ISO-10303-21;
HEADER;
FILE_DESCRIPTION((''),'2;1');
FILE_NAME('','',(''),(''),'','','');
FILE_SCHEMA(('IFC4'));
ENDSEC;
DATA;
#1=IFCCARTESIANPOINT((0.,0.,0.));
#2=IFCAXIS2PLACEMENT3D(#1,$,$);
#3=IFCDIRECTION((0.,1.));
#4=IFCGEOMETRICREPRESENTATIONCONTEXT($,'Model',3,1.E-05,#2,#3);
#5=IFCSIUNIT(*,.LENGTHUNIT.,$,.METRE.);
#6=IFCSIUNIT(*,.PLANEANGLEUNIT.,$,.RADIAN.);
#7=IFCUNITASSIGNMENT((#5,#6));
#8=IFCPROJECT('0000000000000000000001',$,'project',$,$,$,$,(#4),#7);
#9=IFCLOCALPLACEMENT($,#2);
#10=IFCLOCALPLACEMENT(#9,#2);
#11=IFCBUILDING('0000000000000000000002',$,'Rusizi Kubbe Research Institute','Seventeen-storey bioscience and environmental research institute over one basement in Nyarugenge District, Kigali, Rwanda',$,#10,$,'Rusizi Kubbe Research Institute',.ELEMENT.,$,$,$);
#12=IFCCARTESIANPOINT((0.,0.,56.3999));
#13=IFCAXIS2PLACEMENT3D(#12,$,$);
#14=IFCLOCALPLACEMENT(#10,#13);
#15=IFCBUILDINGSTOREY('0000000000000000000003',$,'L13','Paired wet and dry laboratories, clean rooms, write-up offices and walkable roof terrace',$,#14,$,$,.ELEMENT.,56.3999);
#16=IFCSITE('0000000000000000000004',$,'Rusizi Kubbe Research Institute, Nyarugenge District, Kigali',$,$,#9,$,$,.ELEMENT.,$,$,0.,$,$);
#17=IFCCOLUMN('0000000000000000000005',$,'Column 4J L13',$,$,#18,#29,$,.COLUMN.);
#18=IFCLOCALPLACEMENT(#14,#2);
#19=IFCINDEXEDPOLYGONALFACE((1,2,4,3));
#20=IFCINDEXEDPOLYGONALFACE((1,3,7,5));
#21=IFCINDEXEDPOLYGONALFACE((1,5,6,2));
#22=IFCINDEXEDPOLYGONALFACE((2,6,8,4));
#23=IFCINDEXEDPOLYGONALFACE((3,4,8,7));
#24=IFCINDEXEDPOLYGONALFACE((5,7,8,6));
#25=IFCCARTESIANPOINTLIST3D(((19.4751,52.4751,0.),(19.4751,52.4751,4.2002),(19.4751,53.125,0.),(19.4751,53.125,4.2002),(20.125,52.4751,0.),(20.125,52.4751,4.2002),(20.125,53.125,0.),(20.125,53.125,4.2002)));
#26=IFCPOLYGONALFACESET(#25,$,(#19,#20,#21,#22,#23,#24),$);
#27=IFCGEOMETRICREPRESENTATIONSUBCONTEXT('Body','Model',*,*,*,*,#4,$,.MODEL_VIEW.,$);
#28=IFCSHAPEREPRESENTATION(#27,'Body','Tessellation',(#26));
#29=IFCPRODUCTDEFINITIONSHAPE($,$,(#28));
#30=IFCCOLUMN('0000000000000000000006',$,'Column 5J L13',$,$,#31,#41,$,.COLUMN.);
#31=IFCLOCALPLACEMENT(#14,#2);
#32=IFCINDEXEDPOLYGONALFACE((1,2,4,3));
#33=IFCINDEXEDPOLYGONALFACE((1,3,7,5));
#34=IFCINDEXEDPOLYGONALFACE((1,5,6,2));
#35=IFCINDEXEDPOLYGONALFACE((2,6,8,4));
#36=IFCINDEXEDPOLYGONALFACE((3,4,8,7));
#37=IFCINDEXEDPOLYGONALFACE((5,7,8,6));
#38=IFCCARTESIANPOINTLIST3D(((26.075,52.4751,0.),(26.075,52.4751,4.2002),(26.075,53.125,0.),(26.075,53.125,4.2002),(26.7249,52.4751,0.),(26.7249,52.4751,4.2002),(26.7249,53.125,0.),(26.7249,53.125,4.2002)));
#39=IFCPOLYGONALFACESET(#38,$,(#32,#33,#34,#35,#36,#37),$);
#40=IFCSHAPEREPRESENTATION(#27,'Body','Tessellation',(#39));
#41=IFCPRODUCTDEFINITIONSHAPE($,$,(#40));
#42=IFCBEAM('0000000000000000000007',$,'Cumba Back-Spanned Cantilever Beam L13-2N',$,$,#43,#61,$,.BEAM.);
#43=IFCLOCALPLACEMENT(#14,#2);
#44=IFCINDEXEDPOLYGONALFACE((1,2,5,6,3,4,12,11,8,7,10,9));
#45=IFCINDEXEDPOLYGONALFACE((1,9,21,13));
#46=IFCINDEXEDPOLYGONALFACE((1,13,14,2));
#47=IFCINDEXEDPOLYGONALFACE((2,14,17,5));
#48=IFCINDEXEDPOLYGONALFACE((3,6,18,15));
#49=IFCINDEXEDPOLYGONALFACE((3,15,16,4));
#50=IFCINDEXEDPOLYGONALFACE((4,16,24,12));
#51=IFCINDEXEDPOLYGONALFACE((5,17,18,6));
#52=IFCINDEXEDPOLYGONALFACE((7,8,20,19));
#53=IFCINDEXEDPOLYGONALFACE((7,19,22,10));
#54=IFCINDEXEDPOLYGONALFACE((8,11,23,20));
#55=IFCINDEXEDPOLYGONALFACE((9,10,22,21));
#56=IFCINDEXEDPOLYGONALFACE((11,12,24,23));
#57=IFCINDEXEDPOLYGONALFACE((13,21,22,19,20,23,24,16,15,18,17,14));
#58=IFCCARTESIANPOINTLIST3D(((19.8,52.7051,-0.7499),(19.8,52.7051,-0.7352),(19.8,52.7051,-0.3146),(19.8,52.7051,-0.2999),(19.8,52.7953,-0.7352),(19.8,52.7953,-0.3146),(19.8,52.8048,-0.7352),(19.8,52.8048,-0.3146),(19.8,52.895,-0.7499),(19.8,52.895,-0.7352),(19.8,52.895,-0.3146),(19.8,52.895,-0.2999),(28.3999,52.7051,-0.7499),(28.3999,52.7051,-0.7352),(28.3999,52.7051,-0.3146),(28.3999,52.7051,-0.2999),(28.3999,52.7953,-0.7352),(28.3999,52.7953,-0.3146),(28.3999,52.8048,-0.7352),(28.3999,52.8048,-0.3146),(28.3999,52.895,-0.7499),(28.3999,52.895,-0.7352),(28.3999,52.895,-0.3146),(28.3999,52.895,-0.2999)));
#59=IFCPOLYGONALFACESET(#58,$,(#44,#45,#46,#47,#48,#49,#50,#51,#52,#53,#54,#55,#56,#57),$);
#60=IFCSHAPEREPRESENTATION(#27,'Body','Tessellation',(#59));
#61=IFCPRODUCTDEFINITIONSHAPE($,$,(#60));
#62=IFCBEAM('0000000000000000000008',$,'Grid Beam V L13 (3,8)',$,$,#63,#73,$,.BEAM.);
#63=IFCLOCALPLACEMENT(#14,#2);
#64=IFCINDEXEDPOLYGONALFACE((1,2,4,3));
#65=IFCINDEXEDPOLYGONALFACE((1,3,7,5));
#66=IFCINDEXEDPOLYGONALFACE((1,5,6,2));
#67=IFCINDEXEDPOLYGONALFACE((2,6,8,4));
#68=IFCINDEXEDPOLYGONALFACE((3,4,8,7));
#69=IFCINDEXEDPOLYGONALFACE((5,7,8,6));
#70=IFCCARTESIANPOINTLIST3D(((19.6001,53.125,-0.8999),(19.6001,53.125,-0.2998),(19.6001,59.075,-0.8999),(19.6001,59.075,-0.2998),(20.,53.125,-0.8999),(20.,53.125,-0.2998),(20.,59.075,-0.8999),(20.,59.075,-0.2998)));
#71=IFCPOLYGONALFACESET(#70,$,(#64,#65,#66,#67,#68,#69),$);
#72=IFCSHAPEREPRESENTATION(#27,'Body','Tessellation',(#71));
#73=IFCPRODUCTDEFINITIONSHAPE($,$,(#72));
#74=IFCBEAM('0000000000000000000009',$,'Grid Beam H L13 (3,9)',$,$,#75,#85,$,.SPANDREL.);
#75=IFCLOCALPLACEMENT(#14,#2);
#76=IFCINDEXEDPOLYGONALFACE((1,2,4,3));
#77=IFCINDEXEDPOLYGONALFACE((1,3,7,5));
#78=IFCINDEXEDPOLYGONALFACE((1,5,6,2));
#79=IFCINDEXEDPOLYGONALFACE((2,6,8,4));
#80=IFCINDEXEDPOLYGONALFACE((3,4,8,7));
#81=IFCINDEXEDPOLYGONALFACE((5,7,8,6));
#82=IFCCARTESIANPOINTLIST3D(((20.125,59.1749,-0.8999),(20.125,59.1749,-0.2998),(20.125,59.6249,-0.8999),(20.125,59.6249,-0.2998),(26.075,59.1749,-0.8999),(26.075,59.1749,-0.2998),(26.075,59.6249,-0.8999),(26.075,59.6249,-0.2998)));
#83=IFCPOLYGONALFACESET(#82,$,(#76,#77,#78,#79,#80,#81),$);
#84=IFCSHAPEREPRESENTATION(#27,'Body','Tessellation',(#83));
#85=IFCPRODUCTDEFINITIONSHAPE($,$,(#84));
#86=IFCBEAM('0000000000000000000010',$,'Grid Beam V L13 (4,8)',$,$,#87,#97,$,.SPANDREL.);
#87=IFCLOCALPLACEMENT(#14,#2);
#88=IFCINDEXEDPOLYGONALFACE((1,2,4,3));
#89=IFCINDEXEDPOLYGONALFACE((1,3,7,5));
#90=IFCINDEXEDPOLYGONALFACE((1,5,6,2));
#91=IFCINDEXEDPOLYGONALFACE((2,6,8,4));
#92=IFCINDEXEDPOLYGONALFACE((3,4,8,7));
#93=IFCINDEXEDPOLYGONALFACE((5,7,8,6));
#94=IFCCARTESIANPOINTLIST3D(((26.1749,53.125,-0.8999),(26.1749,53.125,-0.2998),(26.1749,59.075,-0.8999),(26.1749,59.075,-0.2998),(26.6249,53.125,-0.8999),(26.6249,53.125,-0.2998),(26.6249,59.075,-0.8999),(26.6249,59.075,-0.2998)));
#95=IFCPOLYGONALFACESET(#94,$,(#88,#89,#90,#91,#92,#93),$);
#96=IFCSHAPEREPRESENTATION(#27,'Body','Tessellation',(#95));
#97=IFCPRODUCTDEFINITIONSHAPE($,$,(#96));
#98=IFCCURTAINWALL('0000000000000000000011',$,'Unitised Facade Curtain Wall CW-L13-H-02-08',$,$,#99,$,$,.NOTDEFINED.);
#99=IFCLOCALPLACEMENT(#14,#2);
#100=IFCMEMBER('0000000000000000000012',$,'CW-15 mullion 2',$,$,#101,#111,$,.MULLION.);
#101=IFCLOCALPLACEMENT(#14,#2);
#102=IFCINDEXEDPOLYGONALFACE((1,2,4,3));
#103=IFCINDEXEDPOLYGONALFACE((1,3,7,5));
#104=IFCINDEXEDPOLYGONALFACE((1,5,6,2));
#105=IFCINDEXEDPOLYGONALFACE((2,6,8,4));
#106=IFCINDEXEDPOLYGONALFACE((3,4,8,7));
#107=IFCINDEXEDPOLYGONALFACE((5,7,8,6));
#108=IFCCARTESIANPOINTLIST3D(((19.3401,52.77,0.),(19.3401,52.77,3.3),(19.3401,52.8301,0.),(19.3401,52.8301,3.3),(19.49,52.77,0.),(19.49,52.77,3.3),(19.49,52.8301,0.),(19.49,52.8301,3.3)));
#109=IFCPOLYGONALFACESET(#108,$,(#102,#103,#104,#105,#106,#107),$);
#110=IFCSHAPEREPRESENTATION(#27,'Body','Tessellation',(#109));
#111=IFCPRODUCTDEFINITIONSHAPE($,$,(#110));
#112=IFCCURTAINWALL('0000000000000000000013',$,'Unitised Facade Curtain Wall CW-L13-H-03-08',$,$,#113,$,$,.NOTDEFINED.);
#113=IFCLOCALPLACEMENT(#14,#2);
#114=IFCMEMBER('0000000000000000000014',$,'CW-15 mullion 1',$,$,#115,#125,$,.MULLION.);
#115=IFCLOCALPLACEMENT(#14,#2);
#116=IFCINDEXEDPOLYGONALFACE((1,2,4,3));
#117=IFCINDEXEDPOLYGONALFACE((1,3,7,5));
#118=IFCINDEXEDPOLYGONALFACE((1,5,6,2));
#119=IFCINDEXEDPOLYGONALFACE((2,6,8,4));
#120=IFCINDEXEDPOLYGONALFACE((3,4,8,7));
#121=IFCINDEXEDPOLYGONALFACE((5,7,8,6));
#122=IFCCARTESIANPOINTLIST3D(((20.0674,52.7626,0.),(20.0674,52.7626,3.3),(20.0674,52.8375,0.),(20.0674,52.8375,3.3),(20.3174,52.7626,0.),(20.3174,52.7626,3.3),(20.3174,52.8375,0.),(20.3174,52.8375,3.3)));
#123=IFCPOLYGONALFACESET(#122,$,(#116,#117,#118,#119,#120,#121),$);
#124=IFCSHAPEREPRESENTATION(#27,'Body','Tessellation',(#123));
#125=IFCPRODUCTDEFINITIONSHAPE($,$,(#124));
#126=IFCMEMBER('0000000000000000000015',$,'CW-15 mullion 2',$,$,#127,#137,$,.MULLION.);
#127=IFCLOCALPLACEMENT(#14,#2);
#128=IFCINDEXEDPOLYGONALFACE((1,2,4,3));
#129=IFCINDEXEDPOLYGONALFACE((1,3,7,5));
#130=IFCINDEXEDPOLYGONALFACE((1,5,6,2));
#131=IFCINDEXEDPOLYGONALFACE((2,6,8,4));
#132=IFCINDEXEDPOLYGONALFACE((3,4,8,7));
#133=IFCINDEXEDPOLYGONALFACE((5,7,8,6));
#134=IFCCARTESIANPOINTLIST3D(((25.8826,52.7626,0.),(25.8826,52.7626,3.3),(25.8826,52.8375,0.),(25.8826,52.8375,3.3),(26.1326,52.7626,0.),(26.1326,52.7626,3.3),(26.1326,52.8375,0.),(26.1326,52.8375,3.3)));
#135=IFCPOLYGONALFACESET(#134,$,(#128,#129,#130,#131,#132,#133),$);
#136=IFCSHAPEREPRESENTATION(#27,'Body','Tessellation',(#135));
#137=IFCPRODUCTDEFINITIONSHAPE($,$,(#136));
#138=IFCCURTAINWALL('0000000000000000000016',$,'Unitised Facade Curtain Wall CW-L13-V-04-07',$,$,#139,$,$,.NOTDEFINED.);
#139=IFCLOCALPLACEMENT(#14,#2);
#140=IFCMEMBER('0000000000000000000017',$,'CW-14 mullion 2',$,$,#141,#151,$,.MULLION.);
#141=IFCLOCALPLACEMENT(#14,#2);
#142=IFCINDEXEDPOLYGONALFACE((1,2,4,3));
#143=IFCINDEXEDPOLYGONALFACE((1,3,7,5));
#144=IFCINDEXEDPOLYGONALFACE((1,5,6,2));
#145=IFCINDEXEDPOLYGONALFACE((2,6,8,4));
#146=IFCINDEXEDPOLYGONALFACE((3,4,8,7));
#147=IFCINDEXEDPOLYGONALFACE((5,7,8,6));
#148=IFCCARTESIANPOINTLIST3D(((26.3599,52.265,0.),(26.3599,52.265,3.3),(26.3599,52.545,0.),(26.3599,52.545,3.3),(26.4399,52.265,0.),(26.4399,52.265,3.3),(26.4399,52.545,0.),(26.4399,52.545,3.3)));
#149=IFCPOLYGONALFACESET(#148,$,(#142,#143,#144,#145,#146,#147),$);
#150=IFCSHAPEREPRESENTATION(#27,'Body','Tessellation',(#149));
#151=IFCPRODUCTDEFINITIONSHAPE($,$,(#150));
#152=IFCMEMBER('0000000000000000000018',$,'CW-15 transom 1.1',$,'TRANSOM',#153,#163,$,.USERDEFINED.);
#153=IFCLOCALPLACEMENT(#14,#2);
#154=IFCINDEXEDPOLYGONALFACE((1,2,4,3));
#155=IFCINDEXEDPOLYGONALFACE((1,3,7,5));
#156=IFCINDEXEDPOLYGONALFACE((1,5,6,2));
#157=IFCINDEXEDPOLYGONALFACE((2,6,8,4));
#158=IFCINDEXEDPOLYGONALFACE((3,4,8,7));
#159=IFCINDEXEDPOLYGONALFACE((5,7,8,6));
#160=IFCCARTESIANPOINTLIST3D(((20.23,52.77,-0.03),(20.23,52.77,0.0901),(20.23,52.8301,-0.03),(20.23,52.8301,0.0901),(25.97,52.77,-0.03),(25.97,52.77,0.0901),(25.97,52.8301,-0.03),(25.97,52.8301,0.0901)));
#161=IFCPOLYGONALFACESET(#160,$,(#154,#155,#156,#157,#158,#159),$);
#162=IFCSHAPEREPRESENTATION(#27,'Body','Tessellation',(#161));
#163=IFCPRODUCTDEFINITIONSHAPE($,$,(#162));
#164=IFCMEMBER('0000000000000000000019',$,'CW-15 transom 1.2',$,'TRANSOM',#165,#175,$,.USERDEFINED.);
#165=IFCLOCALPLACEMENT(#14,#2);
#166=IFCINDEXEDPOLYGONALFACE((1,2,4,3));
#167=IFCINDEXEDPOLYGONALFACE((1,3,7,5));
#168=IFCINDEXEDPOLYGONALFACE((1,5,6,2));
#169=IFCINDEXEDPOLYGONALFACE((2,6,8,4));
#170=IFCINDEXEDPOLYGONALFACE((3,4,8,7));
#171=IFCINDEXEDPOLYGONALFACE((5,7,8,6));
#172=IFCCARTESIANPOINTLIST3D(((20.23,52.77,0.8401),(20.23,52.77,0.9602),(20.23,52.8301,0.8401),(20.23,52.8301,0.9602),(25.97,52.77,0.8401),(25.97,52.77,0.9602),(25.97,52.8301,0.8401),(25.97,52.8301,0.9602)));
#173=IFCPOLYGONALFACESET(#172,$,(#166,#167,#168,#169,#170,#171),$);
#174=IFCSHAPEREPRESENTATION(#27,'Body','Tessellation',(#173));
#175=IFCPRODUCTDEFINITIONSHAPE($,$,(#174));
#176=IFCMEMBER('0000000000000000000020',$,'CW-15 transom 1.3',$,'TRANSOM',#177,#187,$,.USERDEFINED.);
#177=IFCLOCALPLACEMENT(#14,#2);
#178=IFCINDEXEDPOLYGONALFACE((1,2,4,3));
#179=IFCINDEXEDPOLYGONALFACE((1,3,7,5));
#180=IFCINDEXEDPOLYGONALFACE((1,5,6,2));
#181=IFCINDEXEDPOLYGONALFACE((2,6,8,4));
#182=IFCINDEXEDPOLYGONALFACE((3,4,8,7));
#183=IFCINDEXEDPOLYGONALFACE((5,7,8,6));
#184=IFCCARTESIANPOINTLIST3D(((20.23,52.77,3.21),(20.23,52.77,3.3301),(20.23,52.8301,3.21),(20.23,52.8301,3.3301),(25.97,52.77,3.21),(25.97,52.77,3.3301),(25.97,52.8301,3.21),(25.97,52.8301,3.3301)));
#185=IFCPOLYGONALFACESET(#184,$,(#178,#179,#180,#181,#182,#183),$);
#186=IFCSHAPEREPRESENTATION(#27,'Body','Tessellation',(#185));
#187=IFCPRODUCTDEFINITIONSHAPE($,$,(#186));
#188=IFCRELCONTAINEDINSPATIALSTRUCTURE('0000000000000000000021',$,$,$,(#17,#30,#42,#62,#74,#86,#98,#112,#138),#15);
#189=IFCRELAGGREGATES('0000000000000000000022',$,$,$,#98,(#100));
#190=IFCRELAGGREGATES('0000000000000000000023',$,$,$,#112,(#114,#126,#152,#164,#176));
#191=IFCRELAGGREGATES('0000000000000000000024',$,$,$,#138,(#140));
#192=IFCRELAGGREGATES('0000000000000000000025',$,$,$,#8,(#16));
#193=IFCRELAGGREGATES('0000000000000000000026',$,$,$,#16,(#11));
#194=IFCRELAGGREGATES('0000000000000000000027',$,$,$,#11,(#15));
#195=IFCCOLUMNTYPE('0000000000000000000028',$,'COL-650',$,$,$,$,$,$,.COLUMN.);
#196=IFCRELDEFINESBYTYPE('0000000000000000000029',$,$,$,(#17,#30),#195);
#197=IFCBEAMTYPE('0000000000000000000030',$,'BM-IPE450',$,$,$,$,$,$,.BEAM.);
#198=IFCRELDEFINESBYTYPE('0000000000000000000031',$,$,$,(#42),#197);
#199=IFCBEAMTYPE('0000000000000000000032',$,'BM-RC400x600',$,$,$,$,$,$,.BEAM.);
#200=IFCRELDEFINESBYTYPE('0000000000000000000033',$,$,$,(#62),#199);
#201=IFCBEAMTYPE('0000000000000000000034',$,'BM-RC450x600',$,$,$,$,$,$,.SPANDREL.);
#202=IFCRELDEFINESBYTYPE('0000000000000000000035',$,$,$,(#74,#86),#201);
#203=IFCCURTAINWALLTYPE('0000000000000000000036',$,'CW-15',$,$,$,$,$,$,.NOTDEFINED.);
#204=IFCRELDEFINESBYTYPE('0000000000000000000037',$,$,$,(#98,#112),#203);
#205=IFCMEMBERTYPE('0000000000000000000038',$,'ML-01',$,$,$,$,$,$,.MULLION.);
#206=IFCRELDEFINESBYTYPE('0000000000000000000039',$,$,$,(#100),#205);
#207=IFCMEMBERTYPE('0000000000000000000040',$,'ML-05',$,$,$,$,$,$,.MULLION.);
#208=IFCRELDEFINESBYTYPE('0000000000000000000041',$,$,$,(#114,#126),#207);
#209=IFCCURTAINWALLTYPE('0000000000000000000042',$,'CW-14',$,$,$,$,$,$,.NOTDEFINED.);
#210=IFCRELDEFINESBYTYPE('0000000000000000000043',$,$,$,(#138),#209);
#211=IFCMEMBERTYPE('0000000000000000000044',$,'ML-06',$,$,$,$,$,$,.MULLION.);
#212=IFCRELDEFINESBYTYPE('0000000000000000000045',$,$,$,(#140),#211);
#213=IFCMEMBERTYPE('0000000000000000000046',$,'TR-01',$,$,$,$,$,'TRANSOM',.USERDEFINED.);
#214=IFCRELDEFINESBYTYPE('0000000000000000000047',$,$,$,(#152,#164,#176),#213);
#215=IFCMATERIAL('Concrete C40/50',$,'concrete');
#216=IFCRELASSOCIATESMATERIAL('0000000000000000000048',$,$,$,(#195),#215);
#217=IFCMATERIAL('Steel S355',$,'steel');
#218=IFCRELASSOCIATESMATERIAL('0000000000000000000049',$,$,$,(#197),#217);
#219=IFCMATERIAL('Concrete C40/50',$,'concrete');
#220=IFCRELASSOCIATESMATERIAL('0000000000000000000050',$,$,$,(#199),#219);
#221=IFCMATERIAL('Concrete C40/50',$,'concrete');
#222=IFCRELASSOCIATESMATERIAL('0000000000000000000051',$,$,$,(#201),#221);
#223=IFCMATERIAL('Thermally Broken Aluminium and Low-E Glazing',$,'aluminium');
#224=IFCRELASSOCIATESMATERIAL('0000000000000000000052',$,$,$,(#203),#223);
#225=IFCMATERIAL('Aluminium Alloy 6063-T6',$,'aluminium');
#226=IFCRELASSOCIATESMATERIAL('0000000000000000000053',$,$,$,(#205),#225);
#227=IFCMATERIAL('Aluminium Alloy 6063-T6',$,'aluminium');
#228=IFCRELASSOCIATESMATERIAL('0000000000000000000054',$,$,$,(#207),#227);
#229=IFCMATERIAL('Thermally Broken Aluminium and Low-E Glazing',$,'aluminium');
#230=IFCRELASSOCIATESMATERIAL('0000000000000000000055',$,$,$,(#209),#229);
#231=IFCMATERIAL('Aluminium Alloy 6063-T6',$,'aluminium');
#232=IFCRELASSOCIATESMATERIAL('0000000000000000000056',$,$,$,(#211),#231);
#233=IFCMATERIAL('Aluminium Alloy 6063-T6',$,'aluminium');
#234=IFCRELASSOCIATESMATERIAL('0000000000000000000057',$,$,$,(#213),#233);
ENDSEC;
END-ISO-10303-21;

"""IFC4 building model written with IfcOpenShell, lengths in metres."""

from ifc_helpers import new_model, si_unit, direction, frame, origin, origin_2d, place, context, subcontext, project, spatial, rectangle, i_section, extrude, material, material_profile, profile_set, type_object, element, aggregate, save


model = new_model("IFC4")

# Units and contexts
model_context = context("Model", 3, precision=1e-05, world=origin(), true_north=direction((0.0, 1.0)))
body_context = subcontext(model_context, "Body", "Model", "MODEL_VIEW")
ifc_project = project(units=[si_unit("LENGTHUNIT", "METRE"), si_unit("PLANEANGLEUNIT", "RADIAN")], contexts=[model_context])

# Site, building, storey
site_placement = place(None, origin())
site = spatial("IfcSite", under=ifc_project, at=site_placement, Name="Rusizi Kubbe Research Institute, Nyarugenge District, Kigali", CompositionType="ELEMENT", RefElevation=0.0)
building_placement = place(site_placement, origin())
building = spatial("IfcBuilding", under=site, at=building_placement, Name="Rusizi Kubbe Research Institute", Description="Seventeen-storey bioscience and environmental research institute over one basement in Nyarugenge District, Kigali, Rwanda", LongName="Rusizi Kubbe Research Institute", CompositionType="ELEMENT")
storey_placement = place(building_placement, frame((0.0, 0.0, 56.3999)))
storey = spatial("IfcBuildingStorey", under=building, at=storey_placement, Name="L13", Description="Paired wet and dry laboratories, clean rooms, write-up offices and walkable roof terrace", CompositionType="ELEMENT", Elevation=56.3999)

# Columns
ifc_material_1 = material(Name="Concrete C40/50", Category="concrete")
ifc_material_profile_1 = material_profile(ifc_material_1, rectangle(XDim=0.6499, YDim=0.6499, at=origin_2d()), Name="RC650x650")
ifc_profile_set_1 = profile_set([ifc_material_profile_1], Name="Concrete C40/50")
column_type = type_object("IfcColumnType", Name="COL-650", PredefinedType="COLUMN", material=ifc_profile_set_1)
for number, where, z_axis, x_axis, name in (
    (1, (19.8, 52.8, 0.0), (0.0, 0.0, 1.0), (1.0, 0.0, 0.0), "Column 4J L13"),
    (2, (26.3999, 52.8, 0.0), (0.0, 0.0, 1.0), (1.0, 0.0, 0.0), "Column 5J L13"),
):
    element("IfcColumn", number, at=place(storey_placement, frame(where, z_axis=z_axis, x_axis=x_axis)), inside=storey, type_object=column_type, Name=name, PredefinedType="COLUMN", context=body_context, shape_type="SweptSolid", body=[
        extrude(rectangle(XDim=0.6499, YDim=0.6499, at=origin_2d()), origin(), (0.0, 0.0, 1.0), 4.2002),
    ])

# Beams
ifc_material_2 = material(Name="Steel S355", Category="steel")
ifc_material_profile_2 = material_profile(ifc_material_2, i_section(OverallWidth=0.1899, OverallDepth=0.45, WebThickness=0.0095, FlangeThickness=0.0146, at=origin_2d()), Name="IPE 450")
ifc_profile_set_2 = profile_set([ifc_material_profile_2], Name="Steel S355")
beam_type_1 = type_object("IfcBeamType", Name="BM-IPE450", PredefinedType="BEAM", material=ifc_profile_set_2)
beam_1_placement = place(storey_placement, frame((19.8, 52.8, -0.5249), z_axis=(1.0, 0.0, 0.0), x_axis=(0.0, 1.0, 0.0)))
element("IfcBeam", 3, at=beam_1_placement, inside=storey, type_object=beam_type_1, Name="Cumba Back-Spanned Cantilever Beam L13-2N", PredefinedType="BEAM", context=body_context, shape_type="SweptSolid", body=[
    extrude(i_section(OverallWidth=0.1899, OverallDepth=0.45, WebThickness=0.0095, FlangeThickness=0.0146, at=origin_2d()), origin(), (0.0, 0.0, 1.0), 8.5999),
])
ifc_material_3 = material(Name="Concrete C40/50", Category="concrete")
ifc_material_profile_3 = material_profile(ifc_material_3, rectangle(XDim=0.3999, YDim=0.6001, at=origin_2d()), Name="RC400x600")
ifc_profile_set_3 = profile_set([ifc_material_profile_3], Name="Concrete C40/50")
beam_type_2 = type_object("IfcBeamType", Name="BM-RC400x600", PredefinedType="BEAM", material=ifc_profile_set_3)
beam_2_placement = place(storey_placement, frame((19.8, 53.125, -0.5999), z_axis=(0.0, 1.0, 0.0), x_axis=(-1.0, 0.0, 0.0)))
element("IfcBeam", 4, at=beam_2_placement, inside=storey, type_object=beam_type_2, Name="Grid Beam V L13 (3,8)", PredefinedType="BEAM", context=body_context, shape_type="SweptSolid", body=[
    extrude(rectangle(XDim=0.3999, YDim=0.6001, at=origin_2d()), origin(), (0.0, 0.0, 1.0), 5.95),
])
ifc_material_4 = material(Name="Concrete C40/50", Category="concrete")
ifc_material_profile_4 = material_profile(ifc_material_4, rectangle(XDim=0.45, YDim=0.6001, at=origin_2d()), Name="RC450x600")
ifc_profile_set_4 = profile_set([ifc_material_profile_4], Name="Concrete C40/50")
beam_type_3 = type_object("IfcBeamType", Name="BM-RC450x600", PredefinedType="SPANDREL", material=ifc_profile_set_4)
for number, where, z_axis, x_axis, name in (
    (5, (20.125, 59.3999, -0.5999), (1.0, 0.0, 0.0), (0.0, 1.0, 0.0), "Grid Beam H L13 (3,9)"),
    (6, (26.3999, 53.125, -0.5999), (0.0, 1.0, 0.0), (-1.0, 0.0, 0.0), "Grid Beam V L13 (4,8)"),
):
    element("IfcBeam", number, at=place(storey_placement, frame(where, z_axis=z_axis, x_axis=x_axis)), inside=storey, type_object=beam_type_3, Name=name, PredefinedType="SPANDREL", context=body_context, shape_type="SweptSolid", body=[
        extrude(rectangle(XDim=0.45, YDim=0.6001, at=origin_2d()), origin(), (0.0, 0.0, 1.0), 5.95),
    ])

# Curtain wall, member
ifc_material_5 = material(Name="Thermally Broken Aluminium and Low-E Glazing", Category="aluminium")
curtain_wall_type_1 = type_object("IfcCurtainWallType", Name="CW-15", PredefinedType="NOTDEFINED", material=ifc_material_5)
curtain_wall_1_placement = place(storey_placement, origin())
curtain_wall_1 = element("IfcCurtainWall", 7, at=curtain_wall_1_placement, inside=storey, type_object=curtain_wall_type_1, Name="Unitised Facade Curtain Wall CW-L13-H-02-08", PredefinedType="NOTDEFINED")
ifc_material_6 = material(Name="Aluminium Alloy 6063-T6", Category="aluminium")
ifc_material_profile_5 = material_profile(ifc_material_6, rectangle(XDim=0.0601, YDim=0.1499, at=origin_2d()), Name="ALU-M 60x150")
ifc_profile_set_5 = profile_set([ifc_material_profile_5], Name="Aluminium Alloy 6063-T6")
member_type_1 = type_object("IfcMemberType", Name="ML-01", PredefinedType="MULLION", material=ifc_profile_set_5)
member_1_placement = place(storey_placement, frame((19.415, 52.8, 0.0), z_axis=(0.0, 0.0, 1.0), x_axis=(0.0, 1.0, 0.0)))
member_1 = element("IfcMember", 8, at=member_1_placement, type_object=member_type_1, Name="CW-15 mullion 2", PredefinedType="MULLION", context=body_context, shape_type="SweptSolid", body=[
    extrude(rectangle(XDim=0.0601, YDim=0.1499, at=origin_2d()), origin(), (0.0, 0.0, 1.0), 3.3),
])

# Curtain wall, members
curtain_wall_2_placement = place(storey_placement, origin())
curtain_wall_2 = element("IfcCurtainWall", 9, at=curtain_wall_2_placement, inside=storey, type_object=curtain_wall_type_1, Name="Unitised Facade Curtain Wall CW-L13-H-03-08", PredefinedType="NOTDEFINED")
ifc_material_7 = material(Name="Aluminium Alloy 6063-T6", Category="aluminium")
ifc_material_profile_6 = material_profile(ifc_material_7, rectangle(XDim=0.075, YDim=0.25, at=origin_2d()), Name="ALU-M 75x250")
ifc_profile_set_6 = profile_set([ifc_material_profile_6], Name="Aluminium Alloy 6063-T6")
member_type_2 = type_object("IfcMemberType", Name="ML-05", PredefinedType="MULLION", material=ifc_profile_set_6)
member_2_placement = place(storey_placement, frame((20.1924, 52.8, 0.0), z_axis=(0.0, 0.0, 1.0), x_axis=(0.0, 1.0, 0.0)))
member_2 = element("IfcMember", 10, at=member_2_placement, type_object=member_type_2, Name="CW-15 mullion 1", PredefinedType="MULLION", context=body_context, shape_type="SweptSolid", body=[
    extrude(rectangle(XDim=0.075, YDim=0.25, at=origin_2d()), origin(), (0.0, 0.0, 1.0), 3.3),
])
member_3_placement = place(storey_placement, frame((26.0076, 52.8, 0.0), z_axis=(0.0, 0.0, 1.0), x_axis=(0.0, 1.0, 0.0)))
member_3 = element("IfcMember", 11, at=member_3_placement, type_object=member_type_2, Name="CW-15 mullion 2", PredefinedType="MULLION", context=body_context, shape_type="SweptSolid", body=[
    extrude(rectangle(XDim=0.075, YDim=0.25, at=origin_2d()), origin(), (0.0, 0.0, 1.0), 3.3),
])

# Curtain wall, member
ifc_material_8 = material(Name="Thermally Broken Aluminium and Low-E Glazing", Category="aluminium")
curtain_wall_type_2 = type_object("IfcCurtainWallType", Name="CW-14", PredefinedType="NOTDEFINED", material=ifc_material_8)
curtain_wall_3_placement = place(storey_placement, origin())
curtain_wall_3 = element("IfcCurtainWall", 12, at=curtain_wall_3_placement, inside=storey, type_object=curtain_wall_type_2, Name="Unitised Facade Curtain Wall CW-L13-V-04-07", PredefinedType="NOTDEFINED")
ifc_material_9 = material(Name="Aluminium Alloy 6063-T6", Category="aluminium")
ifc_material_profile_7 = material_profile(ifc_material_9, rectangle(XDim=0.0801, YDim=0.28, at=origin_2d()), Name="ALU-M 80x280")
ifc_profile_set_7 = profile_set([ifc_material_profile_7], Name="Aluminium Alloy 6063-T6")
member_type_3 = type_object("IfcMemberType", Name="ML-06", PredefinedType="MULLION", material=ifc_profile_set_7)
member_4_placement = place(storey_placement, frame((26.3999, 52.405, 0.0), z_axis=(0.0, 0.0, 1.0), x_axis=(-1.0, 0.0, 0.0)))
member_4 = element("IfcMember", 13, at=member_4_placement, type_object=member_type_3, Name="CW-14 mullion 2", PredefinedType="MULLION", context=body_context, shape_type="SweptSolid", body=[
    extrude(rectangle(XDim=0.0801, YDim=0.28, at=origin_2d()), origin(), (0.0, 0.0, 1.0), 3.3),
])

# Members
ifc_material_10 = material(Name="Aluminium Alloy 6063-T6", Category="aluminium")
ifc_material_profile_8 = material_profile(ifc_material_10, rectangle(XDim=0.0601, YDim=0.1201, at=origin_2d()), Name="ALU-T 60x120")
ifc_profile_set_8 = profile_set([ifc_material_profile_8], Name="Aluminium Alloy 6063-T6")
member_type_4 = type_object("IfcMemberType", Name="TR-01", ElementType="TRANSOM", PredefinedType="USERDEFINED", material=ifc_profile_set_8)
member_5_placement = place(storey_placement, frame((20.23, 52.8, 0.03), z_axis=(1.0, 0.0, 0.0), x_axis=(0.0, 1.0, 0.0)))
member_5 = element("IfcMember", 14, at=member_5_placement, type_object=member_type_4, Name="CW-15 transom 1.1", ObjectType="TRANSOM", PredefinedType="USERDEFINED", context=body_context, shape_type="SweptSolid", body=[
    extrude(rectangle(XDim=0.0601, YDim=0.1201, at=origin_2d()), origin(), (0.0, 0.0, 1.0), 5.74),
])
member_6_placement = place(storey_placement, frame((20.23, 52.8, 0.9001), z_axis=(1.0, 0.0, 0.0), x_axis=(0.0, 1.0, 0.0)))
member_6 = element("IfcMember", 15, at=member_6_placement, type_object=member_type_4, Name="CW-15 transom 1.2", ObjectType="TRANSOM", PredefinedType="USERDEFINED", context=body_context, shape_type="SweptSolid", body=[
    extrude(rectangle(XDim=0.0601, YDim=0.1201, at=origin_2d()), origin(), (0.0, 0.0, 1.0), 5.74),
])
member_7_placement = place(storey_placement, frame((20.23, 52.8, 3.27), z_axis=(1.0, 0.0, 0.0), x_axis=(0.0, 1.0, 0.0)))
member_7 = element("IfcMember", 16, at=member_7_placement, type_object=member_type_4, Name="CW-15 transom 1.3", ObjectType="TRANSOM", PredefinedType="USERDEFINED", context=body_context, shape_type="SweptSolid", body=[
    extrude(rectangle(XDim=0.0601, YDim=0.1201, at=origin_2d()), origin(), (0.0, 0.0, 1.0), 5.74),
])

aggregate(curtain_wall_1, [member_1])
aggregate(curtain_wall_2, [member_2, member_3, member_5, member_6, member_7])
aggregate(curtain_wall_3, [member_4])

save(model, "model.ifc")
